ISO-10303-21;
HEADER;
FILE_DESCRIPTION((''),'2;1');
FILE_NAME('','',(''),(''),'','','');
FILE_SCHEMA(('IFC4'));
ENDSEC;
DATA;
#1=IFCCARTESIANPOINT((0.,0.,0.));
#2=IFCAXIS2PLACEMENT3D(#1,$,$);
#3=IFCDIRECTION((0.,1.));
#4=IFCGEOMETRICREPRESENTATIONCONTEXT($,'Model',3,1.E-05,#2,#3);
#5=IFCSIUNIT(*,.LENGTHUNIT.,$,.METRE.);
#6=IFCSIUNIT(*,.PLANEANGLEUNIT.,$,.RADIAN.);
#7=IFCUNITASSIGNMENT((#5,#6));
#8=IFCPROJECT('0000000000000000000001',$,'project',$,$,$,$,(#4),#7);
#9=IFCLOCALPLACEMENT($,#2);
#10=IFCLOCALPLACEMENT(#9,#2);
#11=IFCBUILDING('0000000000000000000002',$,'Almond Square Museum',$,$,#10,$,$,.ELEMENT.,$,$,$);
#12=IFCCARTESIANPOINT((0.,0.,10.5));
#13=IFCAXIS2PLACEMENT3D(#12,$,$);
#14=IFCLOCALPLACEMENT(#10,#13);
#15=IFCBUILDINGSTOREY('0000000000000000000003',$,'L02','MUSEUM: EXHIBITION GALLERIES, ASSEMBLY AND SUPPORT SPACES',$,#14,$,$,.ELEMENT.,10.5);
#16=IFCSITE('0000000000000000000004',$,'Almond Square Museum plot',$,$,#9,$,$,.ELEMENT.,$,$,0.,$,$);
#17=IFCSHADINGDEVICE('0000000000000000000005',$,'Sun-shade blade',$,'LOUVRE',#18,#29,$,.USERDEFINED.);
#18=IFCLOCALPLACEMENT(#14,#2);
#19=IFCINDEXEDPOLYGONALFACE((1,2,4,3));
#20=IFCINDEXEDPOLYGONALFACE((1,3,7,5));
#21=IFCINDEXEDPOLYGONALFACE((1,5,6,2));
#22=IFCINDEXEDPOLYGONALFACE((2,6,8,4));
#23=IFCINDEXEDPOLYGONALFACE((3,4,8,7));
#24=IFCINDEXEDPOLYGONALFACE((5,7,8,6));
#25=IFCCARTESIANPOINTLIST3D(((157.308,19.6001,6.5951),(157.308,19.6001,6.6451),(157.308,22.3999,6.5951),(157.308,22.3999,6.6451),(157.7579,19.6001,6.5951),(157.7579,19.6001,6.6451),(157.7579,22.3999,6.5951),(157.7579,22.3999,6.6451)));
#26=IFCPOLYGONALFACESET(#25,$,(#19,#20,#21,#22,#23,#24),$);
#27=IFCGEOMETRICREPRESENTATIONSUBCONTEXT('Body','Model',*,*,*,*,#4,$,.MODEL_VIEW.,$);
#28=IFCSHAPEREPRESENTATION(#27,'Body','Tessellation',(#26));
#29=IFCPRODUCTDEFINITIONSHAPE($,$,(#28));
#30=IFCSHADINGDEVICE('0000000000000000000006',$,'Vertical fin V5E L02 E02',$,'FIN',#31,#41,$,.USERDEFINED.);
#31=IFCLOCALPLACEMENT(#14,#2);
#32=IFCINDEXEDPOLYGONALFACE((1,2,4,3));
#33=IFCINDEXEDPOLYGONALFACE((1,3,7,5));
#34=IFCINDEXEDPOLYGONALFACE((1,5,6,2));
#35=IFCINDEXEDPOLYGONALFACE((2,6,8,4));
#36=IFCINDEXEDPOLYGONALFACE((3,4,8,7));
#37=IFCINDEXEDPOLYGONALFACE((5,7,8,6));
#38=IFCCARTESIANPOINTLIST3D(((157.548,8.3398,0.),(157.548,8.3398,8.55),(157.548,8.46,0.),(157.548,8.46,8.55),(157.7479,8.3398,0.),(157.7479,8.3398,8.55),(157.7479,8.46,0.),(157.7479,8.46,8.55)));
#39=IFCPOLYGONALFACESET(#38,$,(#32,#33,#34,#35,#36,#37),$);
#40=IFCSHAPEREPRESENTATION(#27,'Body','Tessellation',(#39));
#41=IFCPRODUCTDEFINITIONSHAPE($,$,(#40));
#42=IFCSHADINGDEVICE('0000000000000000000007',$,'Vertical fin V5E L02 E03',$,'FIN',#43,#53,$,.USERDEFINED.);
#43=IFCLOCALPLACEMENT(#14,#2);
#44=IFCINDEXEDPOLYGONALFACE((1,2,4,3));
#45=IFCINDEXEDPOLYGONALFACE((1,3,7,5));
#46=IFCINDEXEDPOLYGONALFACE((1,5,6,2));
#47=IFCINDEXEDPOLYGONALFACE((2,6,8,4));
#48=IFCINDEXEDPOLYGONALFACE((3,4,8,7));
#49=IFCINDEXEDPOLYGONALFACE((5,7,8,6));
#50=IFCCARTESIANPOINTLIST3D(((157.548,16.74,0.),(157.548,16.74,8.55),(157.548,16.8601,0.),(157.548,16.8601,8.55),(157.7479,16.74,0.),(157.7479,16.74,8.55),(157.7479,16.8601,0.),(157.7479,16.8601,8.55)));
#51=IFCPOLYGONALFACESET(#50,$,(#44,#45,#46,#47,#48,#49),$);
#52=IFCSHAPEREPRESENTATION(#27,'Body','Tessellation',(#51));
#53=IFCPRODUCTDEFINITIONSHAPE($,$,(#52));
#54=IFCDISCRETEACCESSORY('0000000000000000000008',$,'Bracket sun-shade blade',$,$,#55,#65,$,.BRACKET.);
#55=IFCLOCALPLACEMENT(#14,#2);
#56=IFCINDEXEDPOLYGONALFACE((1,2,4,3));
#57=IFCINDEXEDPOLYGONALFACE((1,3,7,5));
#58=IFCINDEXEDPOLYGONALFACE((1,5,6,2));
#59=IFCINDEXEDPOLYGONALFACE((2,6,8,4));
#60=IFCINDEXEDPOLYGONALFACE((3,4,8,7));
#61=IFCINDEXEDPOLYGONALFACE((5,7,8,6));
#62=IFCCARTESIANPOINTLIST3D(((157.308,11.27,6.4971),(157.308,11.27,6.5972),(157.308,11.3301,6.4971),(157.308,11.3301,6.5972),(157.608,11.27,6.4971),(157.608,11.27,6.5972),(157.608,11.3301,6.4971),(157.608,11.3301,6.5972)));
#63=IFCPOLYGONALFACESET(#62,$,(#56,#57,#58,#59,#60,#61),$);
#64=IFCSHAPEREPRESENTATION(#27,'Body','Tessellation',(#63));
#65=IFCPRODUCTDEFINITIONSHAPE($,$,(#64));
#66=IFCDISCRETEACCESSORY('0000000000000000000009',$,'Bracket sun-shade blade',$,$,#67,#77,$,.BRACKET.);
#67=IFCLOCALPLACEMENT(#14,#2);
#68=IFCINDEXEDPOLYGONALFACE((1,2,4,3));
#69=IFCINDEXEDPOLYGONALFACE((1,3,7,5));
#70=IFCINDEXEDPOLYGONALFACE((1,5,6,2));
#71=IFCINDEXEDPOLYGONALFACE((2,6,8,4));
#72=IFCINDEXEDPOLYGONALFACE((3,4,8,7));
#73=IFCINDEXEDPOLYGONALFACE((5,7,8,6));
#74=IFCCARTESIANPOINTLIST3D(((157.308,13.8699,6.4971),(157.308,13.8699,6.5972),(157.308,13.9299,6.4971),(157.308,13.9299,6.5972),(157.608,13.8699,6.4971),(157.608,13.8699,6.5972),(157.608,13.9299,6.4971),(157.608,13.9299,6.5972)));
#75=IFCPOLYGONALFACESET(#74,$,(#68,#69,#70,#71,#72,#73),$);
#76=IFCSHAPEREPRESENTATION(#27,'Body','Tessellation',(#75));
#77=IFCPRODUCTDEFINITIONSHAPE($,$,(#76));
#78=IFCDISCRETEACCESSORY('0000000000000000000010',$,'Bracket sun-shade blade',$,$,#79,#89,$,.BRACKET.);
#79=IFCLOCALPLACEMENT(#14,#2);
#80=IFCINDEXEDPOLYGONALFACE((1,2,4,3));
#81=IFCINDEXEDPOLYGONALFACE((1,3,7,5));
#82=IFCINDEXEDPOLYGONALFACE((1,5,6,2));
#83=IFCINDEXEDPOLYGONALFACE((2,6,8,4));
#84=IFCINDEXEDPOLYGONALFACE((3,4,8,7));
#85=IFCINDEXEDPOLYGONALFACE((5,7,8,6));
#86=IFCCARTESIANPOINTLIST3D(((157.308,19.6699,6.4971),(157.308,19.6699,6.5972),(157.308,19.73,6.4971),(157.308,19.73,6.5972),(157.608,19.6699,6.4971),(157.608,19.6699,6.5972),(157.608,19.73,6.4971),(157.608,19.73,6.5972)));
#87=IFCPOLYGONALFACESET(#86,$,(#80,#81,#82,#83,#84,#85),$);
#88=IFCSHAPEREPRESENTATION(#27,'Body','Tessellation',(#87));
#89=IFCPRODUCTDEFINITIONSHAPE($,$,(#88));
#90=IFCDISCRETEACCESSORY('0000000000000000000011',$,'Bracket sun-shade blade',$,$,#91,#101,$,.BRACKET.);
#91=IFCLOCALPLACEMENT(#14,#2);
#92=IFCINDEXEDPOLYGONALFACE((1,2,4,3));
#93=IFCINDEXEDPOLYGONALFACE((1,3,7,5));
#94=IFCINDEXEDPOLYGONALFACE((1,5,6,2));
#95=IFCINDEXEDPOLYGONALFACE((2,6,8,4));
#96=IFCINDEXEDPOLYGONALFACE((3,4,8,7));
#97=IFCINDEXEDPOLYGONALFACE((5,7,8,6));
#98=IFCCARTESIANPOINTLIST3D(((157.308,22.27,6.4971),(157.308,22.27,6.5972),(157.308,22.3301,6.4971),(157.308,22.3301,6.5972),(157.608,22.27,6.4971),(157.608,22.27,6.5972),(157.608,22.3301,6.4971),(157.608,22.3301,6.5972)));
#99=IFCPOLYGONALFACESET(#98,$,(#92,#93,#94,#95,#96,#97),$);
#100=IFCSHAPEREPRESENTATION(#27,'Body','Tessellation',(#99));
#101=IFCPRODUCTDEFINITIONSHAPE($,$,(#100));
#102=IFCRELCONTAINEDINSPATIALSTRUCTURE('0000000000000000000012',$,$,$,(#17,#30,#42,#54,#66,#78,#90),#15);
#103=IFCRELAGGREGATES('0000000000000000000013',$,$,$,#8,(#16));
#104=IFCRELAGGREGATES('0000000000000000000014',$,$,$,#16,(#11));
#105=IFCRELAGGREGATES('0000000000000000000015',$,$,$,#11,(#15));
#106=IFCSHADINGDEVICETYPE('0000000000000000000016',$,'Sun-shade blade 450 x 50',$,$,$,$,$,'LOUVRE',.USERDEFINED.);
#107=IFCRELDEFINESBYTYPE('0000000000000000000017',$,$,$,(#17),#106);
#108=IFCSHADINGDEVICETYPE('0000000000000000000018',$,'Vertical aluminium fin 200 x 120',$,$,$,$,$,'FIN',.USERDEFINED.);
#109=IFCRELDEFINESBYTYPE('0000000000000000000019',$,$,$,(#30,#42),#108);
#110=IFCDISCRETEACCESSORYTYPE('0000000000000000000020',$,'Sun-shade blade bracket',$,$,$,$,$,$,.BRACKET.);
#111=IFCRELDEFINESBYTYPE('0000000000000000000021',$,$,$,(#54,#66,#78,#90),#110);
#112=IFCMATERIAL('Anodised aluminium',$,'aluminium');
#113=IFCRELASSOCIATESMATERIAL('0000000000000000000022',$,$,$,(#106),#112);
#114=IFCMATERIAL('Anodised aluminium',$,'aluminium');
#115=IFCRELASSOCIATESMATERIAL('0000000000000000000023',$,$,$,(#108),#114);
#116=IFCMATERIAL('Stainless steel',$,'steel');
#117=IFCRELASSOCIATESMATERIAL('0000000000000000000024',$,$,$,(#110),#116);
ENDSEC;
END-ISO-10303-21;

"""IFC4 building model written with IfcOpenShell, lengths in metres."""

from ifc_helpers import new_model, si_unit, direction, frame, origin, origin_2d, place, context, subcontext, project, spatial, rectangle, extrude, material, material_profile, profile_set, type_object, element, save


model = new_model("IFC4")

# Units and contexts
model_context = context("Model", 3, precision=1e-05, world=origin(), true_north=direction((0.0, 1.0)))
body_context = subcontext(model_context, "Body", "Model", "MODEL_VIEW")
ifc_project = project(units=[si_unit("LENGTHUNIT", "METRE"), si_unit("PLANEANGLEUNIT", "RADIAN")], contexts=[model_context])

# Site, building, storey
site_placement = place(None, origin())
site = spatial("IfcSite", under=ifc_project, at=site_placement, Name="Almond Square Museum plot", CompositionType="ELEMENT", RefElevation=0.0)
building_placement = place(site_placement, origin())
building = spatial("IfcBuilding", under=site, at=building_placement, Name="Almond Square Museum", CompositionType="ELEMENT")
storey_placement = place(building_placement, frame((0.0, 0.0, 10.5)))
storey = spatial("IfcBuildingStorey", under=building, at=storey_placement, Name="L02", Description="MUSEUM: EXHIBITION GALLERIES, ASSEMBLY AND SUPPORT SPACES", CompositionType="ELEMENT", Elevation=10.5)

# Shading devices
ifc_material_1 = material(Name="Anodised aluminium", Category="aluminium")
ifc_material_profile_1 = material_profile(ifc_material_1, rectangle(XDim=0.45, YDim=0.05, at=origin_2d()))
ifc_profile_set_1 = profile_set([ifc_material_profile_1], Name="Anodised aluminium")
shading_device_type_1 = type_object("IfcShadingDeviceType", Name="Sun-shade blade 450 x 50", ElementType="LOUVRE", PredefinedType="USERDEFINED", material=ifc_profile_set_1)
shading_device_1_placement = place(storey_placement, frame((157.533, 19.6001, 6.6201), z_axis=(0.0, 1.0, 0.0), x_axis=(-1.0, 0.0, 0.0)))
element("IfcShadingDevice", 1, at=shading_device_1_placement, inside=storey, type_object=shading_device_type_1, Name="Sun-shade blade", ObjectType="LOUVRE", PredefinedType="USERDEFINED", context=body_context, shape_type="SweptSolid", body=[
    extrude(rectangle(XDim=0.45, YDim=0.05, at=origin_2d()), origin(), (0.0, 0.0, 1.0), 2.7998),
])
ifc_material_2 = material(Name="Anodised aluminium", Category="aluminium")
ifc_material_profile_2 = material_profile(ifc_material_2, rectangle(XDim=0.2, YDim=0.1201, at=origin_2d()))
ifc_profile_set_2 = profile_set([ifc_material_profile_2], Name="Anodised aluminium")
shading_device_type_2 = type_object("IfcShadingDeviceType", Name="Vertical aluminium fin 200 x 120", ElementType="FIN", PredefinedType="USERDEFINED", material=ifc_profile_set_2)
for number, where, z_axis, x_axis, name in (
    (2, (157.6479, 8.3999, 0.0), (0.0, 0.0, 1.0), (1.0, 0.0, 0.0), "Vertical fin V5E L02 E02"),
    (3, (157.6479, 16.8, 0.0), (0.0, 0.0, 1.0), (1.0, 0.0, 0.0), "Vertical fin V5E L02 E03"),
):
    element("IfcShadingDevice", number, at=place(storey_placement, frame(where, z_axis=z_axis, x_axis=x_axis)), inside=storey, type_object=shading_device_type_2, Name=name, ObjectType="FIN", PredefinedType="USERDEFINED", context=body_context, shape_type="SweptSolid", body=[
        extrude(rectangle(XDim=0.2, YDim=0.1201, at=origin_2d()), origin(), (0.0, 0.0, 1.0), 8.55),
    ])

# Discrete accessories
ifc_material_3 = material(Name="Stainless steel", Category="steel")
discrete_accessory_type = type_object("IfcDiscreteAccessoryType", Name="Sun-shade blade bracket", PredefinedType="BRACKET", material=ifc_material_3)
for number, where, z_axis, x_axis, name in (
    (4, (157.458, 11.3, 6.4971), (0.0, 0.0, 1.0), (1.0, 0.0, 0.0), "Bracket sun-shade blade"),
    (5, (157.458, 13.8999, 6.4971), (0.0, 0.0, 1.0), (1.0, 0.0, 0.0), "Bracket sun-shade blade"),
    (6, (157.458, 19.7, 6.4971), (0.0, 0.0, 1.0), (1.0, 0.0, 0.0), "Bracket sun-shade blade"),
    (7, (157.458, 22.3, 6.4971), (0.0, 0.0, 1.0), (1.0, 0.0, 0.0), "Bracket sun-shade blade"),
):
    element("IfcDiscreteAccessory", number, at=place(storey_placement, frame(where, z_axis=z_axis, x_axis=x_axis)), inside=storey, type_object=discrete_accessory_type, Name=name, PredefinedType="BRACKET", context=body_context, shape_type="SweptSolid", body=[
        extrude(rectangle(XDim=0.3, YDim=0.0601, at=origin_2d()), origin(), (0.0, 0.0, 1.0), 0.1001),
    ])

save(model, "model.ifc")
